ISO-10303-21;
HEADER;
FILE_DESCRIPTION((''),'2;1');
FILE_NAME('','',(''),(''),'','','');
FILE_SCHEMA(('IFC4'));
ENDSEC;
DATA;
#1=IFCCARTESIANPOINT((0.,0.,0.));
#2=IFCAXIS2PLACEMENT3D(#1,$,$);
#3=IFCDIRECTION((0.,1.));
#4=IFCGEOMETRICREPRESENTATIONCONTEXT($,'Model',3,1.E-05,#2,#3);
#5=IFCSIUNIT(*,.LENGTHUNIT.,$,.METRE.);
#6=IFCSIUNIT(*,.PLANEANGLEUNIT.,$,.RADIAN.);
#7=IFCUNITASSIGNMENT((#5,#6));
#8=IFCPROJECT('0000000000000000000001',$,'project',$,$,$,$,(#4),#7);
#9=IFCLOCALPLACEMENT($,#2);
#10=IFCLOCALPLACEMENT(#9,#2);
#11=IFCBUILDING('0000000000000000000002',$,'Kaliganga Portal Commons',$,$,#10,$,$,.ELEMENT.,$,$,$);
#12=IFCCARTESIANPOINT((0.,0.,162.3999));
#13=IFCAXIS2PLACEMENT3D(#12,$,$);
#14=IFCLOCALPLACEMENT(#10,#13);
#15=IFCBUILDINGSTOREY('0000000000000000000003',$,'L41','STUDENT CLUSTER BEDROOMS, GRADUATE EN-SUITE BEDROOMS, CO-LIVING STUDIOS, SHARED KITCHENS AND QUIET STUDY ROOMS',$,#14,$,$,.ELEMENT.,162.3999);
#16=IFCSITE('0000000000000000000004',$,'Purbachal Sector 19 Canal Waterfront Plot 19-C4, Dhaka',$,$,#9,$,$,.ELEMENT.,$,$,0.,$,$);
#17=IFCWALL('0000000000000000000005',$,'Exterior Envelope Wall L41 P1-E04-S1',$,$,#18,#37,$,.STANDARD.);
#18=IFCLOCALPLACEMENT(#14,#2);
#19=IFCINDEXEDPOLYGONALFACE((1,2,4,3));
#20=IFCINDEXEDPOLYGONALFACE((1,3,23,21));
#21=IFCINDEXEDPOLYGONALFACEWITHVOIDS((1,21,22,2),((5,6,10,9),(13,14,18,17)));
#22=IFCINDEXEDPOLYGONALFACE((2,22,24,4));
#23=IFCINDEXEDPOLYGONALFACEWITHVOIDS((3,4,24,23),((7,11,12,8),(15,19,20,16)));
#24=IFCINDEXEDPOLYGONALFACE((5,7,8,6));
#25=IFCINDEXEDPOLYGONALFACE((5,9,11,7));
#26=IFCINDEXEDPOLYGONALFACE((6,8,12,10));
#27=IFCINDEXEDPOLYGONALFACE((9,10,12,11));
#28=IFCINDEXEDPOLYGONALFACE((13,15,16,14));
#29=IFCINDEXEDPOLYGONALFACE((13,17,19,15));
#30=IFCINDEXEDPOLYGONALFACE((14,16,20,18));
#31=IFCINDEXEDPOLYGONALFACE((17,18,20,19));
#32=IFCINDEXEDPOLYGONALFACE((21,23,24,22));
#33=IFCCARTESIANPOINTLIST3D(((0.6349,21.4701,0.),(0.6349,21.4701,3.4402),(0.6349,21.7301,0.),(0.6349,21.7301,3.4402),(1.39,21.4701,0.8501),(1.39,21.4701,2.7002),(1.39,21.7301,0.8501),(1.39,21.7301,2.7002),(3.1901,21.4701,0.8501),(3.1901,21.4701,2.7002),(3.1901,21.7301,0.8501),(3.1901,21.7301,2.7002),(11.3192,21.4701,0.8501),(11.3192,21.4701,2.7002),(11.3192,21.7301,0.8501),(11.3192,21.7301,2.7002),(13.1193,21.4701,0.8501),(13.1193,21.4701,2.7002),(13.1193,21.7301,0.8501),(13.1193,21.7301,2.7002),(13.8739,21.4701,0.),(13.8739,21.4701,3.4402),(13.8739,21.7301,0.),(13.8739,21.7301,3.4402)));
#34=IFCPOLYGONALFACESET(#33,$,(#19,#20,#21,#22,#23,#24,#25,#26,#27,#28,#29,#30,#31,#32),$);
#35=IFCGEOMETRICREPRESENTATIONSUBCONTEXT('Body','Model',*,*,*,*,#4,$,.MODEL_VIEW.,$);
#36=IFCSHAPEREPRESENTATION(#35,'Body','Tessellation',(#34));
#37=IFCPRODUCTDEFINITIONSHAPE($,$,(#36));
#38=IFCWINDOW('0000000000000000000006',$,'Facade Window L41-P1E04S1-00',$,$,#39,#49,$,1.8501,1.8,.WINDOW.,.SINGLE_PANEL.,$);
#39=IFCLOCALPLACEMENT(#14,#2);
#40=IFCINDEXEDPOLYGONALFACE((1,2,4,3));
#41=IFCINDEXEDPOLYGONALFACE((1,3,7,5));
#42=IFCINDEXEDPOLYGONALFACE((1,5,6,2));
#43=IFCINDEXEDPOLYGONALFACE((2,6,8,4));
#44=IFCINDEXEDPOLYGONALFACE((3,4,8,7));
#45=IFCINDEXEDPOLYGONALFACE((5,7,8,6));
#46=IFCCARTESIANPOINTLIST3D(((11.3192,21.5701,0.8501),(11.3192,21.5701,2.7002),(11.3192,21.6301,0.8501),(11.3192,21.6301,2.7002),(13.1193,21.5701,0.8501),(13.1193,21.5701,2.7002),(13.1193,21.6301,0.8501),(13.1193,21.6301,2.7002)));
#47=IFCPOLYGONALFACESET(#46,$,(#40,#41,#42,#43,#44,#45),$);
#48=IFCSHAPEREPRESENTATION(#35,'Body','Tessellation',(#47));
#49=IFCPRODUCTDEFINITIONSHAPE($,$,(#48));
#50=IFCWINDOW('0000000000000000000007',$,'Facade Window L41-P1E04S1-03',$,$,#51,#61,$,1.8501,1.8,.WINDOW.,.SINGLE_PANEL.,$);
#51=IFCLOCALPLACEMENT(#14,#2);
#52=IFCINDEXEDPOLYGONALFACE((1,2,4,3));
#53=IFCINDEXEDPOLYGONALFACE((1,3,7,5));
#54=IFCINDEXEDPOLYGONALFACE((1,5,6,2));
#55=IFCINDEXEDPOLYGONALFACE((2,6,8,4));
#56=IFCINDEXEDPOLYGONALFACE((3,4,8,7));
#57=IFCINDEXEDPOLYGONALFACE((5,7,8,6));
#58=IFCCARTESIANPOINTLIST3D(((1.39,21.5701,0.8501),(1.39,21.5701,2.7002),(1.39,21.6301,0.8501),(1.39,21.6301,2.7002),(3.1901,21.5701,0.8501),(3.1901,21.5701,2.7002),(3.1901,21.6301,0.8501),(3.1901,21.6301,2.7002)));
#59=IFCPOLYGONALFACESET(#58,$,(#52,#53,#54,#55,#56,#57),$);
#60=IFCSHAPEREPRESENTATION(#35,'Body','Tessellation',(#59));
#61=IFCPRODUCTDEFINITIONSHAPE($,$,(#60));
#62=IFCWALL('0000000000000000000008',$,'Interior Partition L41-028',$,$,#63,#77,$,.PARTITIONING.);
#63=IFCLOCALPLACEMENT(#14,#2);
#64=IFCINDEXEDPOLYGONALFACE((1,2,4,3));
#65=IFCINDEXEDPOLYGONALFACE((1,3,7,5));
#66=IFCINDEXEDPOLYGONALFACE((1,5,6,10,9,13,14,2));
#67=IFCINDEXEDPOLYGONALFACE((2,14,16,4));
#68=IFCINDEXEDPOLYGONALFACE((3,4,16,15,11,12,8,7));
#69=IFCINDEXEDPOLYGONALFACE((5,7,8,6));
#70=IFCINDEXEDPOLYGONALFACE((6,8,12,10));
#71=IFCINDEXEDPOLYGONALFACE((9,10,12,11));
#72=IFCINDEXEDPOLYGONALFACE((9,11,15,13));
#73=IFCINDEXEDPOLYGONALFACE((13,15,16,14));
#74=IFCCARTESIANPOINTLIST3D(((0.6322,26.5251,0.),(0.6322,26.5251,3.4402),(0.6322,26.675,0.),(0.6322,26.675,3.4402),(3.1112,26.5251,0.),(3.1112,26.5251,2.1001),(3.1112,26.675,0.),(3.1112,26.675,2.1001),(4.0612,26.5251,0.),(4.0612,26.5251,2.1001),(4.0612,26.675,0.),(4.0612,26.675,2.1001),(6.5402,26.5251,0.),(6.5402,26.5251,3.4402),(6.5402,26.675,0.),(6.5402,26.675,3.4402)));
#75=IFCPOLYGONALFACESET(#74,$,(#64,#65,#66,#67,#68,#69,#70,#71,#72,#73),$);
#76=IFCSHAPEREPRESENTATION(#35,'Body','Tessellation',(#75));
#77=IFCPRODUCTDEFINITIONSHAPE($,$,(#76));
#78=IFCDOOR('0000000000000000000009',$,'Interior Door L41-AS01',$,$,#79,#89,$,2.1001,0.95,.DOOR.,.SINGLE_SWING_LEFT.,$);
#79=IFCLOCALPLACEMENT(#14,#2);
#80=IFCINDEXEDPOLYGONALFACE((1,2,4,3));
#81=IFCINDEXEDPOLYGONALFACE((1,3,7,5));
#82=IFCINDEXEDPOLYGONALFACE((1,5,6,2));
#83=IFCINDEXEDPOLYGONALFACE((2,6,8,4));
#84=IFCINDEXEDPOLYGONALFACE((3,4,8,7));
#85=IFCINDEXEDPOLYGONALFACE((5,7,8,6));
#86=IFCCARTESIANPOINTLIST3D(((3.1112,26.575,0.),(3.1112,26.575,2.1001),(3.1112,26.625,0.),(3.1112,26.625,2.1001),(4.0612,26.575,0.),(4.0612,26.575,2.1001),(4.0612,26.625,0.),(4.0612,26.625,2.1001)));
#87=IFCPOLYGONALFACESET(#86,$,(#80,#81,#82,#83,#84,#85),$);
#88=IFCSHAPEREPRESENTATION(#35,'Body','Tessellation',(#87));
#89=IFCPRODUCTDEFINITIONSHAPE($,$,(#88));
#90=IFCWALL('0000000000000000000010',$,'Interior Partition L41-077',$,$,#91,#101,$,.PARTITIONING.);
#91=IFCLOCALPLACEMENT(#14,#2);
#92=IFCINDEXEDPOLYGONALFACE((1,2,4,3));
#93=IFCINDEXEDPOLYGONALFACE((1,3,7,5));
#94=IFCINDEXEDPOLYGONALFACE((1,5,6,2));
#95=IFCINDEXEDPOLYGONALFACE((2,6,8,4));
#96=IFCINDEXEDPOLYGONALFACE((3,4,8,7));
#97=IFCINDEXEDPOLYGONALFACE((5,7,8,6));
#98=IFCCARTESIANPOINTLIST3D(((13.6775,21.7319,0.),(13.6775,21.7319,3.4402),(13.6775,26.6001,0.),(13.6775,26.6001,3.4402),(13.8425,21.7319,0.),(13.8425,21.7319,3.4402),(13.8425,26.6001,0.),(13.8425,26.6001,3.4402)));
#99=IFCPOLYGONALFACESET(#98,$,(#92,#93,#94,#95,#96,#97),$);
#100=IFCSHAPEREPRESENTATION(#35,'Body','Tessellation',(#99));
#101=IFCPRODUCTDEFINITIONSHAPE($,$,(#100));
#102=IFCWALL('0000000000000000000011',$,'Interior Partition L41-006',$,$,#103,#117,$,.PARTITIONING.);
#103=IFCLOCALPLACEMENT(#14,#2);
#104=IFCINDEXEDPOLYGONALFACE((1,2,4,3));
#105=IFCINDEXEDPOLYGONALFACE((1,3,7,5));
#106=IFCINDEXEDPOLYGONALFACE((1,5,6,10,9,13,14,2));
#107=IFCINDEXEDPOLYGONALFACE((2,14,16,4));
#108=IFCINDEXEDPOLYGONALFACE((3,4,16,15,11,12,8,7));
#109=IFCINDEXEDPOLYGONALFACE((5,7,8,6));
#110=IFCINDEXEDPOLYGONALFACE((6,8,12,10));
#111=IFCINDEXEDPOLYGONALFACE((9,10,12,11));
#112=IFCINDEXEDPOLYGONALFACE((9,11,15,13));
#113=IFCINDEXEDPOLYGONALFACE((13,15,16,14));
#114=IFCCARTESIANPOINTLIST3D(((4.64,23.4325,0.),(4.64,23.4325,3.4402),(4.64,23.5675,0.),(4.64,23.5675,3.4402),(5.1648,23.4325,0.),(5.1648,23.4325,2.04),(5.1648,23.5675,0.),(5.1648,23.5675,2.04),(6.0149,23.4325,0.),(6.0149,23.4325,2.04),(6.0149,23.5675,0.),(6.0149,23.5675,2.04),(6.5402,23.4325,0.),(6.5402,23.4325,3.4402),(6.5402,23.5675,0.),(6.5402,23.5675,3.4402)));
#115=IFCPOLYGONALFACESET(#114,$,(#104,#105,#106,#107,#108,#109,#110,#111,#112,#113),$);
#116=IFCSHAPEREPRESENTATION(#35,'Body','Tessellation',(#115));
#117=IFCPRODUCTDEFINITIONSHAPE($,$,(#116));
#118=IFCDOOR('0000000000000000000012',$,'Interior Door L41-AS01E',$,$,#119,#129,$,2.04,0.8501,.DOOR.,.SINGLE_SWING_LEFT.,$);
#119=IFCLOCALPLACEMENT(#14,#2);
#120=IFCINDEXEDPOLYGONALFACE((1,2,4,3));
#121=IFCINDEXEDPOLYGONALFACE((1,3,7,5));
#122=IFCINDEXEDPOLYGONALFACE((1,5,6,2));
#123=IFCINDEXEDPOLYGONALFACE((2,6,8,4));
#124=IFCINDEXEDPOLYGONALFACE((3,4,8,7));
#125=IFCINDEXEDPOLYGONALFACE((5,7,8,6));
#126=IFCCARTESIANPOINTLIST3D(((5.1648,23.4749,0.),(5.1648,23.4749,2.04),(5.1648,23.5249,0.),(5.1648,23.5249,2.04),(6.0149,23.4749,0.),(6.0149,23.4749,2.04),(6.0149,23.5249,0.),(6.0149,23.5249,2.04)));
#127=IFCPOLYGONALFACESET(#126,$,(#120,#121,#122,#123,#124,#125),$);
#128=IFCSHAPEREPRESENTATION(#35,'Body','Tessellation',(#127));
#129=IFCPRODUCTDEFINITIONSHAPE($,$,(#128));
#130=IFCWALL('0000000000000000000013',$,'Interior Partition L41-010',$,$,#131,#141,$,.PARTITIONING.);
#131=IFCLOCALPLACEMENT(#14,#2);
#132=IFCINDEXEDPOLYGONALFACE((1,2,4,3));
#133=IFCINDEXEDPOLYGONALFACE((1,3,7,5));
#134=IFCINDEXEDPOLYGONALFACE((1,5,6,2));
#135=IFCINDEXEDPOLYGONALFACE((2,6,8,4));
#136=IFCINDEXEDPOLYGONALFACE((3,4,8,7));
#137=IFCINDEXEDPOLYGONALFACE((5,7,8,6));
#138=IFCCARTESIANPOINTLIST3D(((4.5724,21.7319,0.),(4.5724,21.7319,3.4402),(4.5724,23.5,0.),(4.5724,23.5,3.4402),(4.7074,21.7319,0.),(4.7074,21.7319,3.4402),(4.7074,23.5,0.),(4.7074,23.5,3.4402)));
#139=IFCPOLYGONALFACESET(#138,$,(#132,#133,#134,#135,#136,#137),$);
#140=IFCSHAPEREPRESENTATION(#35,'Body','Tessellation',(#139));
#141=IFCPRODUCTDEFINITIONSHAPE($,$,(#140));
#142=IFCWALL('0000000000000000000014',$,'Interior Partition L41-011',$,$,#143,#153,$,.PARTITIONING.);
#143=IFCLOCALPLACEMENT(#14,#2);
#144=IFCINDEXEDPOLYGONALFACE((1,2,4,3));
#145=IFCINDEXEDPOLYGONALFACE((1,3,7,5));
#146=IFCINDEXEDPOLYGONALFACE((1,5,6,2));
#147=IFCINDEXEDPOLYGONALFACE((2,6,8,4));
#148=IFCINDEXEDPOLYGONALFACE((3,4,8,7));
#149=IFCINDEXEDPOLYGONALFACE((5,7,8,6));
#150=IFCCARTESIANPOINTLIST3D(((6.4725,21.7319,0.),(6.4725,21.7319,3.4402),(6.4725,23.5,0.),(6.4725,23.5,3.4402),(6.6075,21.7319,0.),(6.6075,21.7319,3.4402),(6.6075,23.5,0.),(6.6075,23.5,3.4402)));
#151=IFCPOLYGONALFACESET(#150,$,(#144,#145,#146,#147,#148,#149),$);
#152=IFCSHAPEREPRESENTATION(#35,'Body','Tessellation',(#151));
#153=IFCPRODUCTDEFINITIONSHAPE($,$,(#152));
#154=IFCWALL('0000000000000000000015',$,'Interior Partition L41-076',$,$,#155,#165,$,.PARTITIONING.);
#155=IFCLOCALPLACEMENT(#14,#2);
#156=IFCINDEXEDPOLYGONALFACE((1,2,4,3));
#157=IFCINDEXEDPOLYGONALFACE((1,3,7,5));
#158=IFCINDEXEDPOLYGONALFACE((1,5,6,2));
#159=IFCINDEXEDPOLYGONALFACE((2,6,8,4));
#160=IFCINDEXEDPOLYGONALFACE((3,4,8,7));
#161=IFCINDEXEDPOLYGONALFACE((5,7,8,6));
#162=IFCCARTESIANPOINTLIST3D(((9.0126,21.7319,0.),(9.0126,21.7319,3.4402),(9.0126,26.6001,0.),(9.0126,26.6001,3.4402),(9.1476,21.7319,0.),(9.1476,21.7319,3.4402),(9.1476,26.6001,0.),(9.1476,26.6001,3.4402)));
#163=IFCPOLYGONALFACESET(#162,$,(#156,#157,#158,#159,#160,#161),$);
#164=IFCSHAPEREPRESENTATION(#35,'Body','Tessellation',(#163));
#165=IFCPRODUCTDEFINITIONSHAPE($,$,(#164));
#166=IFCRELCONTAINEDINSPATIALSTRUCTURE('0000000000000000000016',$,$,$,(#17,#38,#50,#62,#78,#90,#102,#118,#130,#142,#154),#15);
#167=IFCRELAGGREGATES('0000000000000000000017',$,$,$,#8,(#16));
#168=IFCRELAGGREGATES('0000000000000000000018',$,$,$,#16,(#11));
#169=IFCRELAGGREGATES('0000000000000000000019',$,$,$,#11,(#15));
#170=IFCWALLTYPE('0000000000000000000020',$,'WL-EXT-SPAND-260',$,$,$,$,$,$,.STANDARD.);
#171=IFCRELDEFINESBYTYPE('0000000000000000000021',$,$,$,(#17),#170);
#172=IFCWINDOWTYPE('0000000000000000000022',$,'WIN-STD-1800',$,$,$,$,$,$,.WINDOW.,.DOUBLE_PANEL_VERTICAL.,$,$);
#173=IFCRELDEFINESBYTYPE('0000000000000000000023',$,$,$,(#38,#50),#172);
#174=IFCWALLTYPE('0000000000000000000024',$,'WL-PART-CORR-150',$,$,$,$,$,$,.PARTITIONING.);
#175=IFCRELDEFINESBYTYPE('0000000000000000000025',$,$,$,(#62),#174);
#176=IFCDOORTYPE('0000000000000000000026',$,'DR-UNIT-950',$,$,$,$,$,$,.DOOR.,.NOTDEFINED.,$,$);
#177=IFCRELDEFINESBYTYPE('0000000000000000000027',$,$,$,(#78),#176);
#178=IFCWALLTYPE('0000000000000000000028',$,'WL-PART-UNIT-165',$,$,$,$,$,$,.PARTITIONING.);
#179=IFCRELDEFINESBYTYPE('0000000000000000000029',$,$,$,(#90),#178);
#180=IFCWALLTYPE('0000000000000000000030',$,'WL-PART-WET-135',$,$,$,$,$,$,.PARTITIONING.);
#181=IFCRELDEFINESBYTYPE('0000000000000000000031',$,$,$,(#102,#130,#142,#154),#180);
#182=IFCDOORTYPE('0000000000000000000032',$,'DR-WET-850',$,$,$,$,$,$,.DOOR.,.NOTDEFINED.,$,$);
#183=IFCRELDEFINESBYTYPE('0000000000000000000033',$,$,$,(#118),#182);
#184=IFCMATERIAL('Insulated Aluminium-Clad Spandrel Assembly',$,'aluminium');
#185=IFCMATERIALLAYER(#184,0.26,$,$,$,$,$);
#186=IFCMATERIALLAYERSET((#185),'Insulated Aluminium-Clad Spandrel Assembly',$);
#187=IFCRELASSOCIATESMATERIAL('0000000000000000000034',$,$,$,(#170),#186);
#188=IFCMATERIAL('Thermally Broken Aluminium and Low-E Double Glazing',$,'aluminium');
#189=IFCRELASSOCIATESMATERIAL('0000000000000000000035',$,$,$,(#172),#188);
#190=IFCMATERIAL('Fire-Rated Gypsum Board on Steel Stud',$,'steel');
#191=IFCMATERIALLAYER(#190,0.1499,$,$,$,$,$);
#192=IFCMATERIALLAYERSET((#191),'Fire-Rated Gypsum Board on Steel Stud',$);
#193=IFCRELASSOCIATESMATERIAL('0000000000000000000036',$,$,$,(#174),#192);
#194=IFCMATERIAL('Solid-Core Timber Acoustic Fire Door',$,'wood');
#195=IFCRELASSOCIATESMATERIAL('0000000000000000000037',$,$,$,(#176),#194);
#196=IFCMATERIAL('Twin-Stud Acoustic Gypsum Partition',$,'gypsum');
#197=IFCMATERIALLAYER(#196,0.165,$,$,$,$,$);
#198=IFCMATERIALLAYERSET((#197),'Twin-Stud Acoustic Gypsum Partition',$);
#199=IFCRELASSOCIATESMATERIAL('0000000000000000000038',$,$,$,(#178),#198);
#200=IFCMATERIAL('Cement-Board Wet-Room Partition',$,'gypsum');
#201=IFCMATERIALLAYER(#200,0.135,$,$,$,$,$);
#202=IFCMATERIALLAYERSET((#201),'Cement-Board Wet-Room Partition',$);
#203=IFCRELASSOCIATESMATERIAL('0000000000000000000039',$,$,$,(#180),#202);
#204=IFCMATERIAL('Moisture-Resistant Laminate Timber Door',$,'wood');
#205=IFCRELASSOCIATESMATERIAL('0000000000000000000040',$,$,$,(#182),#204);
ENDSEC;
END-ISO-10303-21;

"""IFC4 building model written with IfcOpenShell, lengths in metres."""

from ifc_helpers import new_model, si_unit, direction, frame, frame_2d, origin, place, context, subcontext, project, spatial, rectangle, extrude, material, layer, layer_set, type_object, element, fill, save


model = new_model("IFC4")

# Units and contexts
model_context = context("Model", 3, precision=1e-05, world=origin(), true_north=direction((0.0, 1.0)))
body_context = subcontext(model_context, "Body", "Model", "MODEL_VIEW")
ifc_project = project(units=[si_unit("LENGTHUNIT", "METRE"), si_unit("PLANEANGLEUNIT", "RADIAN")], contexts=[model_context])

# Site, building, storey
site_placement = place(None, origin())
site = spatial("IfcSite", under=ifc_project, at=site_placement, Name="Purbachal Sector 19 Canal Waterfront Plot 19-C4, Dhaka", CompositionType="ELEMENT", RefElevation=0.0)
building_placement = place(site_placement, origin())
building = spatial("IfcBuilding", under=site, at=building_placement, Name="Kaliganga Portal Commons", CompositionType="ELEMENT")
storey_placement = place(building_placement, frame((0.0, 0.0, 162.3999)))
storey = spatial("IfcBuildingStorey", under=building, at=storey_placement, Name="L41", Description="STUDENT CLUSTER BEDROOMS, GRADUATE EN-SUITE BEDROOMS, CO-LIVING STUDIOS, SHARED KITCHENS AND QUIET STUDY ROOMS", CompositionType="ELEMENT", Elevation=162.3999)

# Wall, openings, windows
ifc_material_1 = material(Name="Insulated Aluminium-Clad Spandrel Assembly", Category="aluminium")
ifc_layer_1 = layer(ifc_material_1, 0.26)
ifc_layer_set_1 = layer_set([ifc_layer_1], Name="Insulated Aluminium-Clad Spandrel Assembly")
wall_type_1 = type_object("IfcWallType", Name="WL-EXT-SPAND-260", PredefinedType="STANDARD", material=ifc_layer_set_1)
ifc_material_2 = material(Name="Thermally Broken Aluminium and Low-E Double Glazing", Category="aluminium")
window_type_1 = type_object("IfcWindowType", Name="WIN-STD-1800", PartitioningType="DOUBLE_PANEL_VERTICAL", PredefinedType="WINDOW", material=ifc_material_2)
wall_1_placement = place(storey_placement, frame((13.874, 21.6001, 0.0), z_axis=(0.0, 0.0, 1.0), x_axis=(-1.0, 0.0, 0.0)))
wall_1 = element("IfcWall", 1, at=wall_1_placement, inside=storey, type_object=wall_type_1, Name="Exterior Envelope Wall L41 P1-E04-S1", PredefinedType="STANDARD", context=body_context, shape_type="SweptSolid", body=[
    extrude(rectangle(XDim=13.239, YDim=0.26, at=frame_2d((6.6196, 0.0))), origin(), (0.0, 0.0, 1.0), 3.4402),
])
opening_1_placement = place(wall_1_placement, frame((0.7549, 0.0, 0.8501)))
opening_1 = element("IfcOpeningElement", 2, at=opening_1_placement, cuts=wall_1, PredefinedType="OPENING", context=body_context, shape_type="SweptSolid", body=[
    extrude(rectangle(XDim=1.8, YDim=1.8501, at=frame_2d((0.8999, 0.925))), frame((0.0, 0.1401, 0.0), z_axis=(0.0, -1.0, 0.0), x_axis=(1.0, 0.0, 0.0)), (0.0, 0.0, 1.0), 0.28),
])
opening_2_placement = place(wall_1_placement, frame((10.6841, 0.0, 0.8501)))
opening_2 = element("IfcOpeningElement", 3, at=opening_2_placement, cuts=wall_1, PredefinedType="OPENING", context=body_context, shape_type="SweptSolid", body=[
    extrude(rectangle(XDim=1.8, YDim=1.8501, at=frame_2d((0.8999, 0.925))), frame((0.0, 0.1401, 0.0), z_axis=(0.0, -1.0, 0.0), x_axis=(1.0, 0.0, 0.0)), (0.0, 0.0, 1.0), 0.28),
])
window_1_placement = place(opening_1_placement, origin())
window_1 = element("IfcWindow", 4, at=window_1_placement, inside=storey, type_object=window_type_1, Name="Facade Window L41-P1E04S1-00", OverallHeight=1.8501, OverallWidth=1.8, PartitioningType="SINGLE_PANEL", PredefinedType="WINDOW", context=body_context, shape_type="SweptSolid", body=[
    extrude(rectangle(XDim=1.8, YDim=1.8501, at=frame_2d((0.8999, 0.925))), frame((0.0, 0.03, 0.0), z_axis=(0.0, -1.0, 0.0), x_axis=(1.0, 0.0, 0.0)), (0.0, 0.0, 1.0), 0.0601),
])
fill(opening_1, window_1)
window_2_placement = place(opening_2_placement, origin())
window_2 = element("IfcWindow", 5, at=window_2_placement, inside=storey, type_object=window_type_1, Name="Facade Window L41-P1E04S1-03", OverallHeight=1.8501, OverallWidth=1.8, PartitioningType="SINGLE_PANEL", PredefinedType="WINDOW", context=body_context, shape_type="SweptSolid", body=[
    extrude(rectangle(XDim=1.8, YDim=1.8501, at=frame_2d((0.8999, 0.925))), frame((0.0, 0.03, 0.0), z_axis=(0.0, -1.0, 0.0), x_axis=(1.0, 0.0, 0.0)), (0.0, 0.0, 1.0), 0.0601),
])
fill(opening_2, window_2)

# Wall, opening, door
ifc_material_3 = material(Name="Fire-Rated Gypsum Board on Steel Stud", Category="steel")
ifc_layer_2 = layer(ifc_material_3, 0.1499)
ifc_layer_set_2 = layer_set([ifc_layer_2], Name="Fire-Rated Gypsum Board on Steel Stud")
wall_type_2 = type_object("IfcWallType", Name="WL-PART-CORR-150", PredefinedType="PARTITIONING", material=ifc_layer_set_2)
wall_2_placement = place(storey_placement, frame((0.6321, 26.6001, 0.0), z_axis=(0.0, 0.0, 1.0), x_axis=(1.0, 0.0, 0.0)))
wall_2 = element("IfcWall", 6, at=wall_2_placement, inside=storey, type_object=wall_type_2, Name="Interior Partition L41-028", PredefinedType="PARTITIONING", context=body_context, shape_type="SweptSolid", body=[
    extrude(rectangle(XDim=5.908, YDim=0.1499, at=frame_2d((2.9541, 0.0))), origin(), (0.0, 0.0, 1.0), 3.4402),
])
opening_3_placement = place(wall_2_placement, frame((2.479, 0.0, 0.0)))
opening_3 = element("IfcOpeningElement", 7, at=opening_3_placement, cuts=wall_2, PredefinedType="OPENING", context=body_context, shape_type="SweptSolid", body=[
    extrude(rectangle(XDim=0.95, YDim=2.1001, at=frame_2d((0.4751, 1.05))), frame((0.0, 0.085, 0.0), z_axis=(0.0, -1.0, 0.0), x_axis=(1.0, 0.0, 0.0)), (0.0, 0.0, 1.0), 0.1699),
])
ifc_material_4 = material(Name="Solid-Core Timber Acoustic Fire Door", Category="wood")
door_type_1 = type_object("IfcDoorType", Name="DR-UNIT-950", OperationType="NOTDEFINED", PredefinedType="DOOR", material=ifc_material_4)
door_1_placement = place(opening_3_placement, origin())
door_1 = element("IfcDoor", 8, at=door_1_placement, inside=storey, type_object=door_type_1, Name="Interior Door L41-AS01", OperationType="SINGLE_SWING_LEFT", OverallHeight=2.1001, OverallWidth=0.95, PredefinedType="DOOR", context=body_context, shape_type="SweptSolid", body=[
    extrude(rectangle(XDim=0.95, YDim=2.1001, at=frame_2d((0.4751, 1.05))), frame((0.0, 0.0249, 0.0), z_axis=(0.0, -1.0, 0.0), x_axis=(1.0, 0.0, 0.0)), (0.0, 0.0, 1.0), 0.05),
])
fill(opening_3, door_1)

# Wall
ifc_material_5 = material(Name="Twin-Stud Acoustic Gypsum Partition", Category="gypsum")
ifc_layer_3 = layer(ifc_material_5, 0.165)
ifc_layer_set_3 = layer_set([ifc_layer_3], Name="Twin-Stud Acoustic Gypsum Partition")
wall_type_3 = type_object("IfcWallType", Name="WL-PART-UNIT-165", PredefinedType="PARTITIONING", material=ifc_layer_set_3)
wall_3_placement = place(storey_placement, frame((13.76, 21.7319, 0.0), z_axis=(0.0, 0.0, 1.0), x_axis=(0.0, 1.0, 0.0)))
element("IfcWall", 9, at=wall_3_placement, inside=storey, type_object=wall_type_3, Name="Interior Partition L41-077", PredefinedType="PARTITIONING", context=body_context, shape_type="SweptSolid", body=[
    extrude(rectangle(XDim=4.8682, YDim=0.165, at=frame_2d((2.4341, 0.0))), origin(), (0.0, 0.0, 1.0), 3.4402),
])

# Wall, opening, door
ifc_material_6 = material(Name="Cement-Board Wet-Room Partition", Category="gypsum")
ifc_layer_4 = layer(ifc_material_6, 0.135)
ifc_layer_set_4 = layer_set([ifc_layer_4], Name="Cement-Board Wet-Room Partition")
wall_type_4 = type_object("IfcWallType", Name="WL-PART-WET-135", PredefinedType="PARTITIONING", material=ifc_layer_set_4)
wall_4_placement = place(storey_placement, frame((4.6399, 23.5, 0.0), z_axis=(0.0, 0.0, 1.0), x_axis=(1.0, 0.0, 0.0)))
wall_4 = element("IfcWall", 10, at=wall_4_placement, inside=storey, type_object=wall_type_4, Name="Interior Partition L41-006", PredefinedType="PARTITIONING", context=body_context, shape_type="SweptSolid", body=[
    extrude(rectangle(XDim=1.9001, YDim=0.135, at=frame_2d((0.9502, 0.0))), origin(), (0.0, 0.0, 1.0), 3.4402),
])
opening_4_placement = place(wall_4_placement, frame((0.5249, 0.0, 0.0)))
opening_4 = element("IfcOpeningElement", 11, at=opening_4_placement, cuts=wall_4, PredefinedType="OPENING", context=body_context, shape_type="SweptSolid", body=[
    extrude(rectangle(XDim=0.8501, YDim=2.04, at=frame_2d((0.425, 1.02))), frame((0.0, 0.0776, 0.0), z_axis=(0.0, -1.0, 0.0), x_axis=(1.0, 0.0, 0.0)), (0.0, 0.0, 1.0), 0.155),
])
ifc_material_7 = material(Name="Moisture-Resistant Laminate Timber Door", Category="wood")
door_type_2 = type_object("IfcDoorType", Name="DR-WET-850", OperationType="NOTDEFINED", PredefinedType="DOOR", material=ifc_material_7)
door_2_placement = place(opening_4_placement, origin())
door_2 = element("IfcDoor", 12, at=door_2_placement, inside=storey, type_object=door_type_2, Name="Interior Door L41-AS01E", OperationType="SINGLE_SWING_LEFT", OverallHeight=2.04, OverallWidth=0.8501, PredefinedType="DOOR", context=body_context, shape_type="SweptSolid", body=[
    extrude(rectangle(XDim=0.8501, YDim=2.04, at=frame_2d((0.425, 1.02))), frame((0.0, 0.0249, 0.0), z_axis=(0.0, -1.0, 0.0), x_axis=(1.0, 0.0, 0.0)), (0.0, 0.0, 1.0), 0.05),
])
fill(opening_4, door_2)

# Walls
for number, where, z_axis, x_axis, name in (
    (13, (4.6399, 21.7319, 0.0), (0.0, 0.0, 1.0), (0.0, 1.0, 0.0), "Interior Partition L41-010"),
    (14, (6.54, 21.7319, 0.0), (0.0, 0.0, 1.0), (0.0, 1.0, 0.0), "Interior Partition L41-011"),
):
    element("IfcWall", number, at=place(storey_placement, frame(where, z_axis=z_axis, x_axis=x_axis)), inside=storey, type_object=wall_type_4, Name=name, PredefinedType="PARTITIONING", context=body_context, shape_type="SweptSolid", body=[
        extrude(rectangle(XDim=1.7681, YDim=0.135, at=frame_2d((0.884, 0.0))), origin(), (0.0, 0.0, 1.0), 3.4402),
    ])
wall_5_placement = place(storey_placement, frame((9.0801, 21.7319, 0.0), z_axis=(0.0, 0.0, 1.0), x_axis=(0.0, 1.0, 0.0)))
element("IfcWall", 15, at=wall_5_placement, inside=storey, type_object=wall_type_4, Name="Interior Partition L41-076", PredefinedType="PARTITIONING", context=body_context, shape_type="SweptSolid", body=[
    extrude(rectangle(XDim=4.8682, YDim=0.135, at=frame_2d((2.4341, 0.0))), origin(), (0.0, 0.0, 1.0), 3.4402),
])

save(model, "model.ifc")
